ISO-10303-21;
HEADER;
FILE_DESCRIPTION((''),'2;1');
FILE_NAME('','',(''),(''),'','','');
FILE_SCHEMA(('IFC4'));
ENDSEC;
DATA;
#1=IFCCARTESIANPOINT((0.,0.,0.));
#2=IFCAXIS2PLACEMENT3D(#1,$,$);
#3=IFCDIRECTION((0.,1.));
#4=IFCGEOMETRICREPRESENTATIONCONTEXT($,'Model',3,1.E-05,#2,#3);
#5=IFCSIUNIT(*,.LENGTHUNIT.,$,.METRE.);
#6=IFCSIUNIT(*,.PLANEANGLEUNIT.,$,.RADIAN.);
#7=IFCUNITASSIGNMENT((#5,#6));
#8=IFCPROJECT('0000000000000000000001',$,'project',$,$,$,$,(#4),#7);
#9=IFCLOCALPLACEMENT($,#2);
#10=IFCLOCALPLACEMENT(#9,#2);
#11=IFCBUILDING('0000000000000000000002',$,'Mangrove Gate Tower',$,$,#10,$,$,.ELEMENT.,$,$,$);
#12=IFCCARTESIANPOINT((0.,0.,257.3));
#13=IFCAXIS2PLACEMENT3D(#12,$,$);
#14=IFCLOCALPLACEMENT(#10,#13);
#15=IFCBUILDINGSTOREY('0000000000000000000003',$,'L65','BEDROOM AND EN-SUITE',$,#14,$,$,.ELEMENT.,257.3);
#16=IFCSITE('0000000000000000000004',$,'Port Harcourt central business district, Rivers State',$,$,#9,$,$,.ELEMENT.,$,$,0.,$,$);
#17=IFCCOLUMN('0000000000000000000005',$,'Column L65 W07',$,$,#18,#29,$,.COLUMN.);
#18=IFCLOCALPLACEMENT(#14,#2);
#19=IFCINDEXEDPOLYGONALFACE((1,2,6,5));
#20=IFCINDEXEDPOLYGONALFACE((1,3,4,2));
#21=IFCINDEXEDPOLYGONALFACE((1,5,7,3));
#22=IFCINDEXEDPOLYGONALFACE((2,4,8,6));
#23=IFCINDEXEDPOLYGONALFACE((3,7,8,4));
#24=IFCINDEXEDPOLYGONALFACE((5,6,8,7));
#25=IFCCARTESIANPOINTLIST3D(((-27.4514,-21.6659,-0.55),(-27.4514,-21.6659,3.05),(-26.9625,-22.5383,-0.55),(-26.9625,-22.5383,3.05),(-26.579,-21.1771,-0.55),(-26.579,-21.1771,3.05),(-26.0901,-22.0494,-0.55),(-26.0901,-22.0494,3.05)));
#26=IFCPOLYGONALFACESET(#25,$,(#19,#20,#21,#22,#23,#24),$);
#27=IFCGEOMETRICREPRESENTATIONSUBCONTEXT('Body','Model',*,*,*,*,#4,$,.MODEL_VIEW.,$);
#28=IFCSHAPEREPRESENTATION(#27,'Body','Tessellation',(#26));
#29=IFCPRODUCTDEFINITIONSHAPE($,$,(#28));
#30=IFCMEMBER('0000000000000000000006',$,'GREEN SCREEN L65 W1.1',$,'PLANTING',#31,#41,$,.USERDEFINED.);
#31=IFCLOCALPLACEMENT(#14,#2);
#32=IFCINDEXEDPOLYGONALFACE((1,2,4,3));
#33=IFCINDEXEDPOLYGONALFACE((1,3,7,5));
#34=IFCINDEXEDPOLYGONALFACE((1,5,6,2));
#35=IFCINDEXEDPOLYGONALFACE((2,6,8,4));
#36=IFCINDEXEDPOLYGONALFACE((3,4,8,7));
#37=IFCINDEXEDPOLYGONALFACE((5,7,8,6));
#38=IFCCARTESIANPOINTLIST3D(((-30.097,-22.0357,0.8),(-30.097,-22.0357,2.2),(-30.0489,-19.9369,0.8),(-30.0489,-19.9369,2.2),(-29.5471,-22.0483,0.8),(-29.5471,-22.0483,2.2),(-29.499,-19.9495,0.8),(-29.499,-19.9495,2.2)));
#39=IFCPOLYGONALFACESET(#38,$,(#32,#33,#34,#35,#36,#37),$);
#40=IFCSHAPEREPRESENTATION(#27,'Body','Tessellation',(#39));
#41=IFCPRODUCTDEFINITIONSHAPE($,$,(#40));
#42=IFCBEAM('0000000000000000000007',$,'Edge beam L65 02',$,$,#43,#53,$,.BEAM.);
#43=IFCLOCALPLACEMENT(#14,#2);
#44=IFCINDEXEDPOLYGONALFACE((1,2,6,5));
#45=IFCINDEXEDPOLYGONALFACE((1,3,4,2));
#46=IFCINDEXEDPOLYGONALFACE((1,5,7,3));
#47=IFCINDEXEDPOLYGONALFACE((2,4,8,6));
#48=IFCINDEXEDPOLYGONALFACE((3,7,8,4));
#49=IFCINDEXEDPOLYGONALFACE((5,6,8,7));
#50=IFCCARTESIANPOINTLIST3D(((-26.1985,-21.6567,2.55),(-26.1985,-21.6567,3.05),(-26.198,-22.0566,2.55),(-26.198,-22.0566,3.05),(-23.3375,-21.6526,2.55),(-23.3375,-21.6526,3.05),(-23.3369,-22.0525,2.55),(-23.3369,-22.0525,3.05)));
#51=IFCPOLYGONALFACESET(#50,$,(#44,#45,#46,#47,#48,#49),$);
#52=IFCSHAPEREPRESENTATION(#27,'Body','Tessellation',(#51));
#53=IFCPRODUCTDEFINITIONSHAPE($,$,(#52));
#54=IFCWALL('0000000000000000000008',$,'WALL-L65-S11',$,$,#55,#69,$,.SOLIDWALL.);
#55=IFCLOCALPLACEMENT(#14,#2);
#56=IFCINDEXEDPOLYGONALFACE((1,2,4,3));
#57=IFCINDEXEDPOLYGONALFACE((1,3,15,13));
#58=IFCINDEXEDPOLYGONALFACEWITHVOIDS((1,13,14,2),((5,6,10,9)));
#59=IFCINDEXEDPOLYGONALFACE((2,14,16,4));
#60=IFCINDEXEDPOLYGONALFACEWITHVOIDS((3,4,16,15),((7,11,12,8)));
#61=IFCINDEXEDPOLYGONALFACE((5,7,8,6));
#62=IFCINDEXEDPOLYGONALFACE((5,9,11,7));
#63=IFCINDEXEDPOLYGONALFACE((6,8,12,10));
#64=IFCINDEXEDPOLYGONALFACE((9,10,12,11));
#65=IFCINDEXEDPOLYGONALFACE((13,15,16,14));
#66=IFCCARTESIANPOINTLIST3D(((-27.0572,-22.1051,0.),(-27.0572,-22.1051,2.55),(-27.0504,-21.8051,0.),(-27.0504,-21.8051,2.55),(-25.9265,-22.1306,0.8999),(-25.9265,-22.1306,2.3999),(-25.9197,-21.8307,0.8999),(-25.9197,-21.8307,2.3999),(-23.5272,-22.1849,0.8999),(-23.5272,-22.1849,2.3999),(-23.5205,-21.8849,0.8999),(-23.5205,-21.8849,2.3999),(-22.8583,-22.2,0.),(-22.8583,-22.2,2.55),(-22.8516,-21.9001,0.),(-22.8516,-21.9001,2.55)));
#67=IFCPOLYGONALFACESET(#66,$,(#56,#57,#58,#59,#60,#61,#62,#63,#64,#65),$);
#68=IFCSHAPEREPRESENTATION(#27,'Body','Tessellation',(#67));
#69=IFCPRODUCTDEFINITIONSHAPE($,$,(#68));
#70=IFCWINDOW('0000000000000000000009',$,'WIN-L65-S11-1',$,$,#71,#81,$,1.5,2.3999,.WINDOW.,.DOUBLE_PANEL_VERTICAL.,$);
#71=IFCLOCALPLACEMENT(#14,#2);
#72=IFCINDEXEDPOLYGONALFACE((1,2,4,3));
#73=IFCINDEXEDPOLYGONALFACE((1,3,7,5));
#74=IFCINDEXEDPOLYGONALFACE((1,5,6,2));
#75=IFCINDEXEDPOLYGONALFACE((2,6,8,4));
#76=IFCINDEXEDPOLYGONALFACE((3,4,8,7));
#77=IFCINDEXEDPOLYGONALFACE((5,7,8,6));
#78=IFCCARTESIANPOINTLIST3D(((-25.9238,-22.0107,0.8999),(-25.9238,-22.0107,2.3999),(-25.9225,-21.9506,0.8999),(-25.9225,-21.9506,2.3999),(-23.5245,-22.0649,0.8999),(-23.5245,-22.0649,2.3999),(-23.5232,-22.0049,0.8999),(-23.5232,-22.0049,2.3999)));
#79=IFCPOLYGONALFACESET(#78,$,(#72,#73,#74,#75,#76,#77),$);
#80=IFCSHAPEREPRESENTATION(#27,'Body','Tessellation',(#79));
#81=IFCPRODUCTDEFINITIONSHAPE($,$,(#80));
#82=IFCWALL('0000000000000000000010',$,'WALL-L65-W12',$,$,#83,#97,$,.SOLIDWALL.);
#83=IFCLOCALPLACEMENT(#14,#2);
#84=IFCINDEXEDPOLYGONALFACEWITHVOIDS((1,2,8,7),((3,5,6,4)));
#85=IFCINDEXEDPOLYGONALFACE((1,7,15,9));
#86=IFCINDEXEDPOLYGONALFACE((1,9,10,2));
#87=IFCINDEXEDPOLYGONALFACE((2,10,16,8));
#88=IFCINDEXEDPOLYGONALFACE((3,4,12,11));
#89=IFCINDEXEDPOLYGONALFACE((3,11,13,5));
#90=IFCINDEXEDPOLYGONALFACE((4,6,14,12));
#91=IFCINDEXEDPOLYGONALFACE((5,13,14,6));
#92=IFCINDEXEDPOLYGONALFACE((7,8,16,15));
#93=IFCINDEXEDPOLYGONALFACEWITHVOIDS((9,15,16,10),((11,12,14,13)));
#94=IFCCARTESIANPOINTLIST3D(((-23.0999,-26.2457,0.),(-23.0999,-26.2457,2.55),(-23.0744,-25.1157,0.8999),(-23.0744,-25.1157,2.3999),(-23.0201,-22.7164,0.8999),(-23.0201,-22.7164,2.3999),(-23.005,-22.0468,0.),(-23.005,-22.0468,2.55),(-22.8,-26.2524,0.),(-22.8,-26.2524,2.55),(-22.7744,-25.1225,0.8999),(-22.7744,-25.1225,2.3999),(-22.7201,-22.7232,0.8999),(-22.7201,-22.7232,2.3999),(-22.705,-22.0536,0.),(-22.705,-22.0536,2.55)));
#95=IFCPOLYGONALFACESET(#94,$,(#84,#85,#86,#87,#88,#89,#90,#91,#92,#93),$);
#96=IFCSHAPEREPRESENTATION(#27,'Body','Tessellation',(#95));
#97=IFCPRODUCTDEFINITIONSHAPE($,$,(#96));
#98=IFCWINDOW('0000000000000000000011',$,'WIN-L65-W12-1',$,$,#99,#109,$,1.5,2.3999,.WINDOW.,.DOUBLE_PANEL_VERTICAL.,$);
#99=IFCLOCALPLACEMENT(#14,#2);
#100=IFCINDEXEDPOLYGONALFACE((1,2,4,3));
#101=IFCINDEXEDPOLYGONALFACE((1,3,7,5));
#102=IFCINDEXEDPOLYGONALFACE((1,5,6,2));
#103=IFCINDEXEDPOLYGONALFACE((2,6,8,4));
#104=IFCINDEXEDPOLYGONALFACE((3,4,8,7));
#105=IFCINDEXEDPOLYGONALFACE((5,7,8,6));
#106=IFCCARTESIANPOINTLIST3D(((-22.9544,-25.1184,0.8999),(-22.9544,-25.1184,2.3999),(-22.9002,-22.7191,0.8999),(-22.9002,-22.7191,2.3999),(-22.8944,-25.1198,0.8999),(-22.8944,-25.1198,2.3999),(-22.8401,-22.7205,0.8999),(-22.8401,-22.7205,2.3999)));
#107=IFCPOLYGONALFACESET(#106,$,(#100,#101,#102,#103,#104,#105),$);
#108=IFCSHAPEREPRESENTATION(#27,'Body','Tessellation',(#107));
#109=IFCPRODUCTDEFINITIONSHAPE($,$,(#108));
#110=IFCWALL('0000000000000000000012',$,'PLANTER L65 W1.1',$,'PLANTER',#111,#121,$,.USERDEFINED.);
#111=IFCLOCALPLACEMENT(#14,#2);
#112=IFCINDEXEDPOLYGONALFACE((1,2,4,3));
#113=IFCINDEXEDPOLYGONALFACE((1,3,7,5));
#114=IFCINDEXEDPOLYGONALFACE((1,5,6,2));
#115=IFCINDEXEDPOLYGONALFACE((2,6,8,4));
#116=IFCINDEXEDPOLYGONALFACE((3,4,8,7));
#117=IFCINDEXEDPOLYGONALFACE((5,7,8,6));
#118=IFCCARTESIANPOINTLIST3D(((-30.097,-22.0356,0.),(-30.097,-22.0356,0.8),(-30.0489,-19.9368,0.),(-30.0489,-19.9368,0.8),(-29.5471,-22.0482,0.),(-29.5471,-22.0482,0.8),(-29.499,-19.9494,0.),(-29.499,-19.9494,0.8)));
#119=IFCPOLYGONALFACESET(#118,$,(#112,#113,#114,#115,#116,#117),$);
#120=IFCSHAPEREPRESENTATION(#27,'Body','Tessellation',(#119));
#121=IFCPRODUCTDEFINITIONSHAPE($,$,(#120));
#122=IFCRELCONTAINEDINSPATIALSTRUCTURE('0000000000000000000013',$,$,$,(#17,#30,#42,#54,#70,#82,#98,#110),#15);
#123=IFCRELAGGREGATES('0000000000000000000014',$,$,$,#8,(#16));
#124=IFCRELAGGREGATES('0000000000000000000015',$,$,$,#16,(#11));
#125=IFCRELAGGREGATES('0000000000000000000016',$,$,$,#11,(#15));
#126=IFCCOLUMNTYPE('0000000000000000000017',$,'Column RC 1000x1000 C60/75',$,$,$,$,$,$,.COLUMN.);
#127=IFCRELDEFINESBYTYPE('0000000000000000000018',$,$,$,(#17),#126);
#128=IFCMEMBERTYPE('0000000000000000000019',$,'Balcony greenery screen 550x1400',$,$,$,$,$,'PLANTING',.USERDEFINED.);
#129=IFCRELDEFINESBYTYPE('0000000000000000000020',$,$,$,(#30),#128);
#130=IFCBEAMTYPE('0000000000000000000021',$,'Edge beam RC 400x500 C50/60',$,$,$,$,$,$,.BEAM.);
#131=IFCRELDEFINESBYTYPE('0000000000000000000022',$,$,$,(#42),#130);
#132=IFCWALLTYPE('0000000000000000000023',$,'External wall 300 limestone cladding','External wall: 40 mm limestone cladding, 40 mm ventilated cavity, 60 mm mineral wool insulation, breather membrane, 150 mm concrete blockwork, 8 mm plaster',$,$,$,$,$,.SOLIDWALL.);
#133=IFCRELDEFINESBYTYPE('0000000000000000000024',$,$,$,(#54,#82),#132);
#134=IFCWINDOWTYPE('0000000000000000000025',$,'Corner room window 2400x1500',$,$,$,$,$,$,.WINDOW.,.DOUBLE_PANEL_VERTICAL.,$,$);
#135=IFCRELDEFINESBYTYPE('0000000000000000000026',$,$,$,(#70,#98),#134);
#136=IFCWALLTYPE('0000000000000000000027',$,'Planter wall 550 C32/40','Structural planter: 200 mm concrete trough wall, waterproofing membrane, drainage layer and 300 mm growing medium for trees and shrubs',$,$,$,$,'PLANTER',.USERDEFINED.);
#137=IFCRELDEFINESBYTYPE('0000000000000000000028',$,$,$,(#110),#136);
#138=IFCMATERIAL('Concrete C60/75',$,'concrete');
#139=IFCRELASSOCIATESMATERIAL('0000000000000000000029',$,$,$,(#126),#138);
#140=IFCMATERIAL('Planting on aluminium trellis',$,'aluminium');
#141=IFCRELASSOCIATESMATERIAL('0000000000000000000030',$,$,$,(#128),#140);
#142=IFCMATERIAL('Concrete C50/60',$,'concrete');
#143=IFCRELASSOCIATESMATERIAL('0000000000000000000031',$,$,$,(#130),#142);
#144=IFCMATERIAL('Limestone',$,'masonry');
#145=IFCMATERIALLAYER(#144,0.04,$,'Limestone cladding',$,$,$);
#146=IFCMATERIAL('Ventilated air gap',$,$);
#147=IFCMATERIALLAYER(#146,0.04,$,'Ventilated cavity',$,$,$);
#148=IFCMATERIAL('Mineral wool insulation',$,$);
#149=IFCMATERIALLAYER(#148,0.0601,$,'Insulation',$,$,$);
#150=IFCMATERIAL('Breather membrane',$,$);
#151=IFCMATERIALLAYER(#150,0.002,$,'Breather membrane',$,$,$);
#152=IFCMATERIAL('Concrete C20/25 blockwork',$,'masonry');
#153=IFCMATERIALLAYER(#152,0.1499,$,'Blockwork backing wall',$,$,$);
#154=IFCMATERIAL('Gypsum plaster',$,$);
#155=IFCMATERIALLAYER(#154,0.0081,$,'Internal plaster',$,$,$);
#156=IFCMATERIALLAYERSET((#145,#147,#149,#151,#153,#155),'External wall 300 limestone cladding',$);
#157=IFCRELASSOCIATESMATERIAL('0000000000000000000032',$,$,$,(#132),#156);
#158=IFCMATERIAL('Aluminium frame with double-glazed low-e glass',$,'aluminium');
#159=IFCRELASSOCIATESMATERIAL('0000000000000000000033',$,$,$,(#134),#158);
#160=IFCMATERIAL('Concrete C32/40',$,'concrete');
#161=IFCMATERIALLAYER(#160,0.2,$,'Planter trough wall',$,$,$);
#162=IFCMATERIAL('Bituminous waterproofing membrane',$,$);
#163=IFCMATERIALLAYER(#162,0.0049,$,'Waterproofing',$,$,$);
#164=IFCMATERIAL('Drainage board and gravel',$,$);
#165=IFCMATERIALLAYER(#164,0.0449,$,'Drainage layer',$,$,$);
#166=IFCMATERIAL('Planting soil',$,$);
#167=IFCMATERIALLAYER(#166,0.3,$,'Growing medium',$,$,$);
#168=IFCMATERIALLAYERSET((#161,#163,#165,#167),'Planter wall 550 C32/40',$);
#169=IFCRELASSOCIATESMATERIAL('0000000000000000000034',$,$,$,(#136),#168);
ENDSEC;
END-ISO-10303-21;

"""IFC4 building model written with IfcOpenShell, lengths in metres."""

from ifc_helpers import new_model, si_unit, direction, frame, frame_2d, origin, origin_2d, place, context, subcontext, project, spatial, rectangle, extrude, material, layer, layer_set, material_profile, profile_set, type_object, element, fill, save


model = new_model("IFC4")

# Units and contexts
model_context = context("Model", 3, precision=1e-05, world=origin(), true_north=direction((0.0, 1.0)))
body_context = subcontext(model_context, "Body", "Model", "MODEL_VIEW")
ifc_project = project(units=[si_unit("LENGTHUNIT", "METRE"), si_unit("PLANEANGLEUNIT", "RADIAN")], contexts=[model_context])

# Site, building, storey
site_placement = place(None, origin())
site = spatial("IfcSite", under=ifc_project, at=site_placement, Name="Port Harcourt central business district, Rivers State", CompositionType="ELEMENT", RefElevation=0.0)
building_placement = place(site_placement, origin())
building = spatial("IfcBuilding", under=site, at=building_placement, Name="Mangrove Gate Tower", CompositionType="ELEMENT")
storey_placement = place(building_placement, frame((0.0, 0.0, 257.3)))
storey = spatial("IfcBuildingStorey", under=building, at=storey_placement, Name="L65", Description="BEDROOM AND EN-SUITE", CompositionType="ELEMENT", Elevation=257.3)

# Column
ifc_material_1 = material(Name="Concrete C60/75", Category="concrete")
ifc_material_profile_1 = material_profile(ifc_material_1, rectangle(XDim=1.0, YDim=1.0, at=origin_2d()))
ifc_profile_set_1 = profile_set([ifc_material_profile_1], Name="Concrete C60/75")
column_type = type_object("IfcColumnType", Name="Column RC 1000x1000 C60/75", PredefinedType="COLUMN", material=ifc_profile_set_1)
column_placement = place(storey_placement, frame((-26.7708, -21.8577, -0.55), z_axis=(0.0, 0.0, 1.0), x_axis=(0.488847, -0.87237, 0.0)))
element("IfcColumn", 1, at=column_placement, inside=storey, type_object=column_type, Name="Column L65 W07", PredefinedType="COLUMN", context=body_context, shape_type="SweptSolid", body=[
    extrude(rectangle(XDim=1.0, YDim=1.0, at=origin_2d()), origin(), (0.0, 0.0, 1.0), 3.6001),
])

# Member
ifc_material_2 = material(Name="Planting on aluminium trellis", Category="aluminium")
ifc_material_profile_2 = material_profile(ifc_material_2, rectangle(XDim=0.55, YDim=1.3999, at=origin_2d()))
ifc_profile_set_2 = profile_set([ifc_material_profile_2], Name="Planting on aluminium trellis")
member_type = type_object("IfcMemberType", Name="Balcony greenery screen 550x1400", ElementType="PLANTING", PredefinedType="USERDEFINED", material=ifc_profile_set_2)
member_placement = place(storey_placement, frame((-29.822, -22.042, 1.5), z_axis=(0.022909, 0.999738, 0.0), x_axis=(-0.999738, 0.022909, 0.0)))
element("IfcMember", 2, at=member_placement, inside=storey, type_object=member_type, Name="GREEN SCREEN L65 W1.1", ObjectType="PLANTING", PredefinedType="USERDEFINED", context=body_context, shape_type="SweptSolid", body=[
    extrude(rectangle(XDim=0.55, YDim=1.3999, at=origin_2d()), origin(), (0.0, 0.0, 1.0), 2.0994),
])

# Beam
ifc_material_3 = material(Name="Concrete C50/60", Category="concrete")
ifc_material_profile_3 = material_profile(ifc_material_3, rectangle(XDim=0.3999, YDim=0.5, at=origin_2d()))
ifc_profile_set_3 = profile_set([ifc_material_profile_3], Name="Concrete C50/60")
beam_type = type_object("IfcBeamType", Name="Edge beam RC 400x500 C50/60", PredefinedType="BEAM", material=ifc_profile_set_3)
beam_placement = place(storey_placement, frame((-26.1982, -21.8567, 2.8), z_axis=(0.999999, 0.001451, 0.0), x_axis=(-0.001451, 0.999999, 0.0)))
element("IfcBeam", 3, at=beam_placement, inside=storey, type_object=beam_type, Name="Edge beam L65 02", PredefinedType="BEAM", context=body_context, shape_type="SweptSolid", body=[
    extrude(rectangle(XDim=0.3999, YDim=0.5, at=origin_2d()), origin(), (0.0, 0.0, 1.0), 2.8611),
])

# Walls, openings, windows
ifc_material_4 = material(Name="Limestone", Category="masonry")
ifc_layer_1 = layer(ifc_material_4, 0.04, Name="Limestone cladding")
ifc_material_5 = material(Name="Ventilated air gap")
ifc_layer_2 = layer(ifc_material_5, 0.04, Name="Ventilated cavity")
ifc_material_6 = material(Name="Mineral wool insulation")
ifc_layer_3 = layer(ifc_material_6, 0.0601, Name="Insulation")
ifc_material_7 = material(Name="Breather membrane")
ifc_layer_4 = layer(ifc_material_7, 0.002, Name="Breather membrane")
ifc_material_8 = material(Name="Concrete C20/25 blockwork", Category="masonry")
ifc_layer_5 = layer(ifc_material_8, 0.1499, Name="Blockwork backing wall")
ifc_material_9 = material(Name="Gypsum plaster")
ifc_layer_6 = layer(ifc_material_9, 0.0081, Name="Internal plaster")
ifc_layer_set_1 = layer_set([ifc_layer_1, ifc_layer_2, ifc_layer_3, ifc_layer_4, ifc_layer_5, ifc_layer_6], Name="External wall 300 limestone cladding")
wall_type_1 = type_object("IfcWallType", Name="External wall 300 limestone cladding", Description="External wall: 40 mm limestone cladding, 40 mm ventilated cavity, 60 mm mineral wool insulation, breather membrane, 150 mm concrete blockwork, 8 mm plaster", PredefinedType="SOLIDWALL", material=ifc_layer_set_1)
wall_1_placement = place(storey_placement, frame((-27.054, -21.9551, 0.0), z_axis=(0.0, 0.0, 1.0), x_axis=(0.999744, -0.022612, 0.0)))
wall_1 = element("IfcWall", 4, at=wall_1_placement, inside=storey, type_object=wall_type_1, Name="WALL-L65-S11", PredefinedType="SOLIDWALL", context=body_context, shape_type="SweptSolid", body=[
    extrude(rectangle(XDim=4.2, YDim=0.3, at=frame_2d((2.1001, 0.0))), origin(), (0.0, 0.0, 1.0), 2.55),
])
opening_1_placement = place(wall_1_placement, frame((1.1311, 0.0, 0.8999)))
opening_1 = element("IfcOpeningElement", 5, at=opening_1_placement, cuts=wall_1, PredefinedType="OPENING", context=body_context, shape_type="SweptSolid", body=[
    extrude(rectangle(XDim=2.3999, YDim=1.5, at=frame_2d((1.2, 0.75))), frame((0.0, 0.1599, 0.0), z_axis=(0.0, -1.0, 0.0), x_axis=(1.0, 0.0, 0.0)), (0.0, 0.0, 1.0), 0.3201),
])
ifc_material_10 = material(Name="Aluminium frame with double-glazed low-e glass", Category="aluminium")
window_type = type_object("IfcWindowType", Name="Corner room window 2400x1500", PartitioningType="DOUBLE_PANEL_VERTICAL", PredefinedType="WINDOW", material=ifc_material_10)
window_1_placement = place(opening_1_placement, origin())
window_1 = element("IfcWindow", 6, at=window_1_placement, inside=storey, type_object=window_type, Name="WIN-L65-S11-1", OverallHeight=1.5, OverallWidth=2.3999, PartitioningType="DOUBLE_PANEL_VERTICAL", PredefinedType="WINDOW", context=body_context, shape_type="SweptSolid", body=[
    extrude(rectangle(XDim=2.3999, YDim=1.5, at=frame_2d((1.2, 0.75))), frame((0.0, 0.03, 0.0), z_axis=(0.0, -1.0, 0.0), x_axis=(1.0, 0.0, 0.0)), (0.0, 0.0, 1.0), 0.0601),
])
fill(opening_1, window_1)
wall_2_placement = place(storey_placement, frame((-22.855, -22.05, 0.0), z_axis=(0.0, 0.0, 1.0), x_axis=(-0.022612, -0.999744, 0.0)))
wall_2 = element("IfcWall", 7, at=wall_2_placement, inside=storey, type_object=wall_type_1, Name="WALL-L65-W12", PredefinedType="SOLIDWALL", context=body_context, shape_type="SweptSolid", body=[
    extrude(rectangle(XDim=4.2, YDim=0.3, at=frame_2d((2.1001, 0.0))), origin(), (0.0, 0.0, 1.0), 2.55),
])
opening_2_placement = place(wall_2_placement, frame((0.6699, 0.0, 0.8999)))
opening_2 = element("IfcOpeningElement", 8, at=opening_2_placement, cuts=wall_2, PredefinedType="OPENING", context=body_context, shape_type="SweptSolid", body=[
    extrude(rectangle(XDim=2.3999, YDim=1.5, at=frame_2d((1.2, 0.75))), frame((0.0, 0.1599, 0.0), z_axis=(0.0, -1.0, 0.0), x_axis=(1.0, 0.0, 0.0)), (0.0, 0.0, 1.0), 0.3201),
])
window_2_placement = place(opening_2_placement, origin())
window_2 = element("IfcWindow", 9, at=window_2_placement, inside=storey, type_object=window_type, Name="WIN-L65-W12-1", OverallHeight=1.5, OverallWidth=2.3999, PartitioningType="DOUBLE_PANEL_VERTICAL", PredefinedType="WINDOW", context=body_context, shape_type="SweptSolid", body=[
    extrude(rectangle(XDim=2.3999, YDim=1.5, at=frame_2d((1.2, 0.75))), frame((0.0, 0.03, 0.0), z_axis=(0.0, -1.0, 0.0), x_axis=(1.0, 0.0, 0.0)), (0.0, 0.0, 1.0), 0.0601),
])
fill(opening_2, window_2)

# Wall
ifc_material_11 = material(Name="Concrete C32/40", Category="concrete")
ifc_layer_7 = layer(ifc_material_11, 0.2, Name="Planter trough wall")
ifc_material_12 = material(Name="Bituminous waterproofing membrane")
ifc_layer_8 = layer(ifc_material_12, 0.0049, Name="Waterproofing")
ifc_material_13 = material(Name="Drainage board and gravel")
ifc_layer_9 = layer(ifc_material_13, 0.0449, Name="Drainage layer")
ifc_material_14 = material(Name="Planting soil")
ifc_layer_10 = layer(ifc_material_14, 0.3, Name="Growing medium")
ifc_layer_set_2 = layer_set([ifc_layer_7, ifc_layer_8, ifc_layer_9, ifc_layer_10], Name="Planter wall 550 C32/40")
wall_type_2 = type_object("IfcWallType", Name="Planter wall 550 C32/40", Description="Structural planter: 200 mm concrete trough wall, waterproofing membrane, drainage layer and 300 mm growing medium for trees and shrubs", ElementType="PLANTER", PredefinedType="USERDEFINED", material=ifc_layer_set_2)
wall_3_placement = place(storey_placement, frame((-29.822, -22.042, 0.0), z_axis=(0.0, 0.0, 1.0), x_axis=(0.022909, 0.999738, 0.0)))
element("IfcWall", 10, at=wall_3_placement, inside=storey, type_object=wall_type_2, Name="PLANTER L65 W1.1", ObjectType="PLANTER", PredefinedType="USERDEFINED", context=body_context, shape_type="SweptSolid", body=[
    extrude(rectangle(XDim=2.0994, YDim=0.55, at=frame_2d((1.0498, 0.0))), origin(), (0.0, 0.0, 1.0), 0.8),
])

save(model, "model.ifc")
